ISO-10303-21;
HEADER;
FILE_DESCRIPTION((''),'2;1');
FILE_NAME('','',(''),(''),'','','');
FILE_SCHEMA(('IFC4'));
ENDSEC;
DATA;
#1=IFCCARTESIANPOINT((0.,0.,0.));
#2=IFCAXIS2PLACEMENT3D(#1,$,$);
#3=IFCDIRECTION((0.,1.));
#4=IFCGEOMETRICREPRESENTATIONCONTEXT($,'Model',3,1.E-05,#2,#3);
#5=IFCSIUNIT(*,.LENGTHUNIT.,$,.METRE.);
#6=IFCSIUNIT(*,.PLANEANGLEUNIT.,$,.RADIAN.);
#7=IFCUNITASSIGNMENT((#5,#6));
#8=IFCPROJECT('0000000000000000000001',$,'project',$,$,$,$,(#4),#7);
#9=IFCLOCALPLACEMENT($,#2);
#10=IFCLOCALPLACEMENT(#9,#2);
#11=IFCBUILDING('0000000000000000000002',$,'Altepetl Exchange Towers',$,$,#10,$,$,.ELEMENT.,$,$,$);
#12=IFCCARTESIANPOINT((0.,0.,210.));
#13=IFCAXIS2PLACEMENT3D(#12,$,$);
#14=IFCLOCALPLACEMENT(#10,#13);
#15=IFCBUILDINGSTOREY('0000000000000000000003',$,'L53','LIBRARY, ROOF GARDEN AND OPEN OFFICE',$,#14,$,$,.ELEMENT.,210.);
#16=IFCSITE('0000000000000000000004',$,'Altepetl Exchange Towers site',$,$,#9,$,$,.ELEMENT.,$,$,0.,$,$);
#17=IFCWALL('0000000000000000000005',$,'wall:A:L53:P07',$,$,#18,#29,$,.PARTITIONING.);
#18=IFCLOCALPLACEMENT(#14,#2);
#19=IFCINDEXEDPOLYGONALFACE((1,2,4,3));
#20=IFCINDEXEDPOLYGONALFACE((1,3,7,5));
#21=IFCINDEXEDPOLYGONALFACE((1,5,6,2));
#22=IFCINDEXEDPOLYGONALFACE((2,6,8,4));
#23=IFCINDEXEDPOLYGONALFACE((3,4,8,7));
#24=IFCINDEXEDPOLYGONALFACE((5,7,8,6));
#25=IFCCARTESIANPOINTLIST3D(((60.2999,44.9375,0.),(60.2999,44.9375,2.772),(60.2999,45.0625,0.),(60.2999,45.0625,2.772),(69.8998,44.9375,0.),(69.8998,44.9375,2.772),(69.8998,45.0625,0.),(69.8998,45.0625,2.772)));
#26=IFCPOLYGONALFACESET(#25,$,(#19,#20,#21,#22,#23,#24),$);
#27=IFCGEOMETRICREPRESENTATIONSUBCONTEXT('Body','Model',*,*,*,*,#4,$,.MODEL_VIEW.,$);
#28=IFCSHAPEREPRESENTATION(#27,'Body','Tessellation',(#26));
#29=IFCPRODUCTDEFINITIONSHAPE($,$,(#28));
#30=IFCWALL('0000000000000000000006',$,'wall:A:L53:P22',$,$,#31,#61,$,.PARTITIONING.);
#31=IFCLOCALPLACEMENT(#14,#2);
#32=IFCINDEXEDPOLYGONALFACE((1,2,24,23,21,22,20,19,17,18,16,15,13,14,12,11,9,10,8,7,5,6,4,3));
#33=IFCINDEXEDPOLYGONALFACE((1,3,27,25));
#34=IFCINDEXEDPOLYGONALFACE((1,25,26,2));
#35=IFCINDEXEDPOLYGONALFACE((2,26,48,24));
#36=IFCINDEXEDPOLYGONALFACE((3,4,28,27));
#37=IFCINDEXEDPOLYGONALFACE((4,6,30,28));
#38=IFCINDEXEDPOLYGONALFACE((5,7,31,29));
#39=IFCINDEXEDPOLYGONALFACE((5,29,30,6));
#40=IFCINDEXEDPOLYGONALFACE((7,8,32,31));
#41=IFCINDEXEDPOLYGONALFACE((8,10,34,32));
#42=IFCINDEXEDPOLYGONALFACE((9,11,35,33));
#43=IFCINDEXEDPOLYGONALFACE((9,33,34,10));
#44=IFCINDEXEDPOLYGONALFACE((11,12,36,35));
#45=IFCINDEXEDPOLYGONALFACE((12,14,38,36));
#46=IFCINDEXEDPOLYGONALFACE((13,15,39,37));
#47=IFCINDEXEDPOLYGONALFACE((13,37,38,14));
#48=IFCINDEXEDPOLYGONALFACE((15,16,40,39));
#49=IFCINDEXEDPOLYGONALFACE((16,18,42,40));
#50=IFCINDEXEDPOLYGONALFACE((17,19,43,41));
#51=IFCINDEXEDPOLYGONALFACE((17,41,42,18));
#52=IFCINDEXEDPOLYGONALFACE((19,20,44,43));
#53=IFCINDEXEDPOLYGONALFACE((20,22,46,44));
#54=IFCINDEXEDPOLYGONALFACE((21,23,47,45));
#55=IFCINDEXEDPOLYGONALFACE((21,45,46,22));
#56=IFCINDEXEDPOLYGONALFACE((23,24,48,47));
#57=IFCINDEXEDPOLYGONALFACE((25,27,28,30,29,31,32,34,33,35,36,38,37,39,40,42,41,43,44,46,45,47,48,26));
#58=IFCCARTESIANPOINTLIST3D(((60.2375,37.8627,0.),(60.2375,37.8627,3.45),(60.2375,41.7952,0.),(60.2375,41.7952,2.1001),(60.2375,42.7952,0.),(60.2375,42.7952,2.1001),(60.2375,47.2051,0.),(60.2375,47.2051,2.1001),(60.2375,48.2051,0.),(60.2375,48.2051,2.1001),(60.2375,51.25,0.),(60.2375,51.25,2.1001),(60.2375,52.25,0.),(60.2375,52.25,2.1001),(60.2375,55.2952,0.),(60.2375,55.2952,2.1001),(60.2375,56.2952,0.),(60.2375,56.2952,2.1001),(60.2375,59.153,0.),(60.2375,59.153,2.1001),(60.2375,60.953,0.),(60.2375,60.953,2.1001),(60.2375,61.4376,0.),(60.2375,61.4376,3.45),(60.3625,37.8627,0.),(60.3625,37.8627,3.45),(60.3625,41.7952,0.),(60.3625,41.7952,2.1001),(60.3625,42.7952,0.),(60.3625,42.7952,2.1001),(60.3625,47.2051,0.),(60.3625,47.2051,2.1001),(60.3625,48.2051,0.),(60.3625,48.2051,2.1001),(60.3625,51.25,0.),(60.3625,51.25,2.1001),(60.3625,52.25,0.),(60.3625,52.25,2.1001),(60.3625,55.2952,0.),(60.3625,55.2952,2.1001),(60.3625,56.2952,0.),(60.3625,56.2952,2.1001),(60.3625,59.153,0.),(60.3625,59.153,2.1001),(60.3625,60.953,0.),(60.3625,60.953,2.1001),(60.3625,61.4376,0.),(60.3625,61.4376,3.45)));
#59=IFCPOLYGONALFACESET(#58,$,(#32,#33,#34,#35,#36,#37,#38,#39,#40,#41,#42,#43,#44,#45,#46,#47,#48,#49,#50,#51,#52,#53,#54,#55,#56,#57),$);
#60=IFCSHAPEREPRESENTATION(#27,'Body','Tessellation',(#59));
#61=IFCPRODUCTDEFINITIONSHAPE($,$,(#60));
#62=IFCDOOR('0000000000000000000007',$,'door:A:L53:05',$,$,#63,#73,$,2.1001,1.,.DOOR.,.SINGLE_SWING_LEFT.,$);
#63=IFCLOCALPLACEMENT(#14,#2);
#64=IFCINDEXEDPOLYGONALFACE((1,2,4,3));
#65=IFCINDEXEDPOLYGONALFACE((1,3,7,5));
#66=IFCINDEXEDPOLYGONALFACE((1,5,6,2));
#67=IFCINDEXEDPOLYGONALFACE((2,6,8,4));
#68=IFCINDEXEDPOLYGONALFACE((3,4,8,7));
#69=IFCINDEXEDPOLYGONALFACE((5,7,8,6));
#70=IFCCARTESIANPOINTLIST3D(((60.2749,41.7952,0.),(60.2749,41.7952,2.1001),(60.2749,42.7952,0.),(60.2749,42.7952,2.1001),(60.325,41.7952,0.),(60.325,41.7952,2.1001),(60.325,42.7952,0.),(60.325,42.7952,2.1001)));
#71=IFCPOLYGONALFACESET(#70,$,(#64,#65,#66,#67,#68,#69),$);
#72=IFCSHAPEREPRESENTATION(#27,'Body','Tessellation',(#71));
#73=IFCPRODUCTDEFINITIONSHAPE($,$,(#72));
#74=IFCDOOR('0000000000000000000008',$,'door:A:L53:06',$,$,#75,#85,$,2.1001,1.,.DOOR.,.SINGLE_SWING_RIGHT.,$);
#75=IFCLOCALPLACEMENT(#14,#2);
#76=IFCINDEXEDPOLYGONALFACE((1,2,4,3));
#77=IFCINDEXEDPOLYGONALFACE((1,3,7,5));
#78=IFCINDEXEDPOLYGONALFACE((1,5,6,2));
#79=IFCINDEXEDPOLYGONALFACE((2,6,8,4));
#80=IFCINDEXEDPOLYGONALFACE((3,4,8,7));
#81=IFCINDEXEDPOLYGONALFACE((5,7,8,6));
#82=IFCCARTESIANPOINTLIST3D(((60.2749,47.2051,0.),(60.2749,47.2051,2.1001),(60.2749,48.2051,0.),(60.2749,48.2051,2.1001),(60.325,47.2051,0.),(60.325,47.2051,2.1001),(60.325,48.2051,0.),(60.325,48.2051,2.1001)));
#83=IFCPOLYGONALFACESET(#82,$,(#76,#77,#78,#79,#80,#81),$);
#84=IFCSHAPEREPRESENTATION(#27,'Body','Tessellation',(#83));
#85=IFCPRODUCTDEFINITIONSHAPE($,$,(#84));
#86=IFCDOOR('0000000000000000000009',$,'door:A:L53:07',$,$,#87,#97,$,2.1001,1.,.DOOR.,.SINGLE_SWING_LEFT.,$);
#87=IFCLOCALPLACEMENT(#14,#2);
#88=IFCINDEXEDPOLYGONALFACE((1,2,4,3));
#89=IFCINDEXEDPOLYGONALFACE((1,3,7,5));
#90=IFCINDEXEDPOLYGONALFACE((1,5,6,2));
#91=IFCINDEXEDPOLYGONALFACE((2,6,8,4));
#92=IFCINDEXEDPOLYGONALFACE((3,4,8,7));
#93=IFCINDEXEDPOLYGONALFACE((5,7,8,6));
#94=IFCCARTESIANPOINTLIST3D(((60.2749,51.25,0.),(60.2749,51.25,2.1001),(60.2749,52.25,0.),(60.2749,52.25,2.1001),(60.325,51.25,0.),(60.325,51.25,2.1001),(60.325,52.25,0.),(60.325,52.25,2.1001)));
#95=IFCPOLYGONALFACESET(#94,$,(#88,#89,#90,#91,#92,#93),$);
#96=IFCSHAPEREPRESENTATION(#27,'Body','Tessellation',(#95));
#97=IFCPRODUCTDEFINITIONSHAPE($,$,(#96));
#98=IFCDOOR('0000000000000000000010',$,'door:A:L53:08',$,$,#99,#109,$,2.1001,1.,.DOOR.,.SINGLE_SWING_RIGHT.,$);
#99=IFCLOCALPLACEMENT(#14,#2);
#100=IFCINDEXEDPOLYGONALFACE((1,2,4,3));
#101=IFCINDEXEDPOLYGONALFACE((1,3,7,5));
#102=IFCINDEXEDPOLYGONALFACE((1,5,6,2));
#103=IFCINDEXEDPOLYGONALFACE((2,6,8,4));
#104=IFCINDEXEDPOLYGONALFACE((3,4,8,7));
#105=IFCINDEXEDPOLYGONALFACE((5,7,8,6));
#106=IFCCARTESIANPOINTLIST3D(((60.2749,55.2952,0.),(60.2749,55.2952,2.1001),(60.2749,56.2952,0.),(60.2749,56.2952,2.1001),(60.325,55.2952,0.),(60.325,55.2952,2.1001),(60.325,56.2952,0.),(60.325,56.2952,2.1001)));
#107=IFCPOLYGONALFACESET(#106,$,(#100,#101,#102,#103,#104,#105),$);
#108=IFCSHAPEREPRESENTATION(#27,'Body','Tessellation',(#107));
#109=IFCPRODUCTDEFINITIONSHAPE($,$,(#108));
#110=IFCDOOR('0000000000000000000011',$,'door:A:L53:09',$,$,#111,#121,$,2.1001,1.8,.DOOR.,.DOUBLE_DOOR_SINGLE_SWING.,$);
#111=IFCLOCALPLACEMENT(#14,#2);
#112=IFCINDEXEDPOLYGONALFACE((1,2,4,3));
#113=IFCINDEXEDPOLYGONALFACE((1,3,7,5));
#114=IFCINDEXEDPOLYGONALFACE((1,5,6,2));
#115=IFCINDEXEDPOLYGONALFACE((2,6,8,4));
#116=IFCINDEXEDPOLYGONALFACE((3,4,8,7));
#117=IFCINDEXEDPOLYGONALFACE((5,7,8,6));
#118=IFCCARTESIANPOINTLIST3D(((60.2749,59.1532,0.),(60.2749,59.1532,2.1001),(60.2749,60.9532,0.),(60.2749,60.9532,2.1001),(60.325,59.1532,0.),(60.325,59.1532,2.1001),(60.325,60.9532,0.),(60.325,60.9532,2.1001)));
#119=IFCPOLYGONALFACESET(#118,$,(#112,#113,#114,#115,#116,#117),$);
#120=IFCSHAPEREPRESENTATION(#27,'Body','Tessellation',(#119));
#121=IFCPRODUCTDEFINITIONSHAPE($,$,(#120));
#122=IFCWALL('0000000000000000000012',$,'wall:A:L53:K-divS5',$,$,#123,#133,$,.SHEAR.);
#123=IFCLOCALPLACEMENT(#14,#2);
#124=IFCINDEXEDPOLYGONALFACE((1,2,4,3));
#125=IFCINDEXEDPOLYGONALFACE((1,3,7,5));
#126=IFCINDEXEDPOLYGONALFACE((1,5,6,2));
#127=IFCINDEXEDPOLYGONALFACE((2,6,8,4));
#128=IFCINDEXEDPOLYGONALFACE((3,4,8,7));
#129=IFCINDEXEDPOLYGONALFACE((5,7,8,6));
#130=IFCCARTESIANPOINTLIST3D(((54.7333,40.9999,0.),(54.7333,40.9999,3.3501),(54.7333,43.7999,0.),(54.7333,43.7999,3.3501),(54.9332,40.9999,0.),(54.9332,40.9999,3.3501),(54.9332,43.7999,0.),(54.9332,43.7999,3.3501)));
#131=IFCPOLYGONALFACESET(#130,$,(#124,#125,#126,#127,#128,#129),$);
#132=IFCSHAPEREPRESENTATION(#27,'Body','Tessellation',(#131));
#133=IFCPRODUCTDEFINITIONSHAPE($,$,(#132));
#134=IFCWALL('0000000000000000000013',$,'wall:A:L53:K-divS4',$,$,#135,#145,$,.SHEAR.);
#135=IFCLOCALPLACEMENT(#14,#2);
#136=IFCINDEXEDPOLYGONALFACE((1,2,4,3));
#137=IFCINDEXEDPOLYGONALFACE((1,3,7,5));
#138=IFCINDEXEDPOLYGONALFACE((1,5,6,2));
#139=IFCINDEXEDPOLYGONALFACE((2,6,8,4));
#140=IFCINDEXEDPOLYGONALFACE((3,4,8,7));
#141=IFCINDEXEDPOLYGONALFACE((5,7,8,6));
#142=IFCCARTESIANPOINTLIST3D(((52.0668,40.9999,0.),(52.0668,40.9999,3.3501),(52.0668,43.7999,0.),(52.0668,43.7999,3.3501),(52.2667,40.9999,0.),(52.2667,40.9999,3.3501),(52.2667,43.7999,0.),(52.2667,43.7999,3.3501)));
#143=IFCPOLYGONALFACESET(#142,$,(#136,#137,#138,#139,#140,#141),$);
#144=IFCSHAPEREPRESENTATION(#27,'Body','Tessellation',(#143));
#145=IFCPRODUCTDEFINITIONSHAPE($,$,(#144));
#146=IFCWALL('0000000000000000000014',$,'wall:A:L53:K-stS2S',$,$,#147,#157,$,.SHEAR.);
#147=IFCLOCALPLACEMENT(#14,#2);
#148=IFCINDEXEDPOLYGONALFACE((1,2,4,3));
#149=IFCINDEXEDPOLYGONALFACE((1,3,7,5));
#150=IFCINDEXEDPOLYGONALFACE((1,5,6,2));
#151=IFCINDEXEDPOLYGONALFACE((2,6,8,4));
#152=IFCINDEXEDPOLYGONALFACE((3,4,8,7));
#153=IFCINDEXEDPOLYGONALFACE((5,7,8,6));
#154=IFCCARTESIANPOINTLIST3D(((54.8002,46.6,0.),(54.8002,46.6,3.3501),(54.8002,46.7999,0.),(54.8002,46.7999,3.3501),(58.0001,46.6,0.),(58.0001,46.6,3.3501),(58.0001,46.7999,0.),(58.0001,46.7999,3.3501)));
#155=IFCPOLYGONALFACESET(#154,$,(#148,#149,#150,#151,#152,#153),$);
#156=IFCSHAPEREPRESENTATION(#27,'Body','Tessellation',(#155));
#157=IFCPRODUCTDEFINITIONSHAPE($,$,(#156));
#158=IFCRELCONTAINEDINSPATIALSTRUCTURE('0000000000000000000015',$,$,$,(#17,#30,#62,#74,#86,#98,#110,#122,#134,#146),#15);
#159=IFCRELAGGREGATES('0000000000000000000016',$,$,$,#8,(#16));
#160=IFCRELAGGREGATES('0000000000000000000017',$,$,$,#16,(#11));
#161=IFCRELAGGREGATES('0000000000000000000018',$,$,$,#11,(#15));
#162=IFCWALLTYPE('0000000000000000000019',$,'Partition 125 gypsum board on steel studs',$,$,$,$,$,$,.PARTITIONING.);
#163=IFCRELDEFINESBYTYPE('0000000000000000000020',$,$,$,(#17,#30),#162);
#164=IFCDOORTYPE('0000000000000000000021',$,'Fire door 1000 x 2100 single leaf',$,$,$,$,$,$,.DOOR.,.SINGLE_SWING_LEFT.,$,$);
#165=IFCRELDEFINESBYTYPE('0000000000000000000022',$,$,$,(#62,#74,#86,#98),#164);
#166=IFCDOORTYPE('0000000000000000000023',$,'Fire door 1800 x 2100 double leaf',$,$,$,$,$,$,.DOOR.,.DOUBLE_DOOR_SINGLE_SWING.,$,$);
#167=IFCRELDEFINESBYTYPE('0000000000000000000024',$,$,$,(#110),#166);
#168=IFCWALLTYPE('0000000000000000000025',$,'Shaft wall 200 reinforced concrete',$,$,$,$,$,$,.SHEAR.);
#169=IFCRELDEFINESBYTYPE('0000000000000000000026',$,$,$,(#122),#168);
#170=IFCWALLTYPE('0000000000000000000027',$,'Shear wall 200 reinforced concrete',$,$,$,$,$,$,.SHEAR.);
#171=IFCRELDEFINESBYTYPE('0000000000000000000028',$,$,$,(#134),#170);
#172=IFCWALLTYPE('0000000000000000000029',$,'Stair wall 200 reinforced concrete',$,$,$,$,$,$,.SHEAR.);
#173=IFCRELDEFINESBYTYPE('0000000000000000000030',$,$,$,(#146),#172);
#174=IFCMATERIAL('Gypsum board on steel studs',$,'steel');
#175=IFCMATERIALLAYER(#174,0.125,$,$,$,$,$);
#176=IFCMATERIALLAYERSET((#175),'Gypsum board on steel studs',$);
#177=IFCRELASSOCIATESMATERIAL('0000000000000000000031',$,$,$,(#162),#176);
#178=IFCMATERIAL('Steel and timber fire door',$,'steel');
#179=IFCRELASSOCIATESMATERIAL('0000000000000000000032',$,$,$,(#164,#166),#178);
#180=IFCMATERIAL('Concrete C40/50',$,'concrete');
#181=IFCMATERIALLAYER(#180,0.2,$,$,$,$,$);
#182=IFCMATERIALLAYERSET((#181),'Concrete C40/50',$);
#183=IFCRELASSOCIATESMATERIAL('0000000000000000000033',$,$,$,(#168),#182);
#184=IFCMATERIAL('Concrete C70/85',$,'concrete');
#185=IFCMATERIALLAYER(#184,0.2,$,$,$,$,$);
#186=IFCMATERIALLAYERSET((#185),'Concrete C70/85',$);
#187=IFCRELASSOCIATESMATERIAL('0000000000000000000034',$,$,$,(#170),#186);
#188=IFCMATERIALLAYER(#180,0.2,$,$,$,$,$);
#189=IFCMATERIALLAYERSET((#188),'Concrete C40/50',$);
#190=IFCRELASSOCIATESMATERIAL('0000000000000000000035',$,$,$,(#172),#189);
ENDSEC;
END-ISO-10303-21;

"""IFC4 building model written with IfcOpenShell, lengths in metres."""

from ifc_helpers import new_model, si_unit, direction, frame, frame_2d, origin, place, context, subcontext, project, spatial, rectangle, extrude, material, layer, layer_set, type_object, element, fill, save


model = new_model("IFC4")

# Units and contexts
model_context = context("Model", 3, precision=1e-05, world=origin(), true_north=direction((0.0, 1.0)))
body_context = subcontext(model_context, "Body", "Model", "MODEL_VIEW")
ifc_project = project(units=[si_unit("LENGTHUNIT", "METRE"), si_unit("PLANEANGLEUNIT", "RADIAN")], contexts=[model_context])

# Site, building, storey
site_placement = place(None, origin())
site = spatial("IfcSite", under=ifc_project, at=site_placement, Name="Altepetl Exchange Towers site", CompositionType="ELEMENT", RefElevation=0.0)
building_placement = place(site_placement, origin())
building = spatial("IfcBuilding", under=site, at=building_placement, Name="Altepetl Exchange Towers", CompositionType="ELEMENT")
storey_placement = place(building_placement, frame((0.0, 0.0, 210.0)))
storey = spatial("IfcBuildingStorey", under=building, at=storey_placement, Name="L53", Description="LIBRARY, ROOF GARDEN AND OPEN OFFICE", CompositionType="ELEMENT", Elevation=210.0)

# Shared definitions
ifc_material_1 = material(Name="Concrete C70/85", Category="concrete")

# Shared definitions
ifc_material_2 = material(Name="Steel and timber fire door", Category="steel")

# Shared definitions
ifc_material_3 = material(Name="Gypsum board on steel studs", Category="steel")
ifc_layer_1 = layer(ifc_material_3, 0.125)
ifc_layer_set_1 = layer_set([ifc_layer_1], Name="Gypsum board on steel studs")
wall_type_1 = type_object("IfcWallType", Name="Partition 125 gypsum board on steel studs", PredefinedType="PARTITIONING", material=ifc_layer_set_1)

# Shared definitions
door_type_1 = type_object("IfcDoorType", Name="Fire door 1000 x 2100 single leaf", OperationType="SINGLE_SWING_LEFT", PredefinedType="DOOR", material=ifc_material_2)

# Wall
for number, where, name in (
    (1, (60.3, 45.0, 0.0), "wall:A:L53:P07"),
):
    element("IfcWall", number, at=place(storey_placement, frame(where)), inside=storey, type_object=wall_type_1, Name=name, PredefinedType="PARTITIONING", context=body_context, shape_type="SweptSolid", body=[
        extrude(rectangle(XDim=9.5999, YDim=0.125, at=frame_2d((4.7998, 0.0))), origin(), (0.0, 0.0, 1.0), 2.772),
    ])

# Wall, openings, doors
wall_1_placement = place(storey_placement, frame((60.3, 37.8625, 0.0), z_axis=(0.0, 0.0, 1.0), x_axis=(0.0, 1.0, 0.0)))
wall_1 = element("IfcWall", 2, at=wall_1_placement, inside=storey, type_object=wall_type_1, Name="wall:A:L53:P22", PredefinedType="PARTITIONING", context=body_context, shape_type="SweptSolid", body=[
    extrude(rectangle(XDim=23.575, YDim=0.125, at=frame_2d((11.7876, 0.0))), origin(), (0.0, 0.0, 1.0), 3.45),
])
opening_1_placement = place(wall_1_placement, frame((3.9326, 0.0, 0.0)))
opening_1 = element("IfcOpeningElement", 3, at=opening_1_placement, cuts=wall_1, PredefinedType="OPENING", context=body_context, shape_type="SweptSolid", body=[
    extrude(rectangle(XDim=1.0, YDim=2.1001, at=frame_2d((0.5, 1.05))), frame((0.0, 0.0725, 0.0), z_axis=(0.0, -1.0, 0.0), x_axis=(1.0, 0.0, 0.0)), (0.0, 0.0, 1.0), 0.145),
])
opening_2_placement = place(wall_1_placement, frame((9.3425, 0.0, 0.0)))
opening_2 = element("IfcOpeningElement", 4, at=opening_2_placement, cuts=wall_1, PredefinedType="OPENING", context=body_context, shape_type="SweptSolid", body=[
    extrude(rectangle(XDim=1.0, YDim=2.1001, at=frame_2d((0.5, 1.05))), frame((0.0, 0.0725, 0.0), z_axis=(0.0, -1.0, 0.0), x_axis=(1.0, 0.0, 0.0)), (0.0, 0.0, 1.0), 0.145),
])
opening_3_placement = place(wall_1_placement, frame((13.3875, 0.0, 0.0)))
opening_3 = element("IfcOpeningElement", 5, at=opening_3_placement, cuts=wall_1, PredefinedType="OPENING", context=body_context, shape_type="SweptSolid", body=[
    extrude(rectangle(XDim=1.0, YDim=2.1001, at=frame_2d((0.5, 1.05))), frame((0.0, 0.0725, 0.0), z_axis=(0.0, -1.0, 0.0), x_axis=(1.0, 0.0, 0.0)), (0.0, 0.0, 1.0), 0.145),
])
opening_4_placement = place(wall_1_placement, frame((17.4326, 0.0, 0.0)))
opening_4 = element("IfcOpeningElement", 6, at=opening_4_placement, cuts=wall_1, PredefinedType="OPENING", context=body_context, shape_type="SweptSolid", body=[
    extrude(rectangle(XDim=1.0, YDim=2.1001, at=frame_2d((0.5, 1.05))), frame((0.0, 0.0725, 0.0), z_axis=(0.0, -1.0, 0.0), x_axis=(1.0, 0.0, 0.0)), (0.0, 0.0, 1.0), 0.145),
])
opening_5_placement = place(wall_1_placement, frame((21.2905, 0.0, 0.0)))
opening_5 = element("IfcOpeningElement", 7, at=opening_5_placement, cuts=wall_1, PredefinedType="OPENING", context=body_context, shape_type="SweptSolid", body=[
    extrude(rectangle(XDim=1.8, YDim=2.1001, at=frame_2d((0.8999, 1.05))), frame((0.0, 0.0725, 0.0), z_axis=(0.0, -1.0, 0.0), x_axis=(1.0, 0.0, 0.0)), (0.0, 0.0, 1.0), 0.145),
])
door_1_placement = place(opening_1_placement, frame((1.0, 0.0, 0.0), x_axis=(-1.0, 0.0, 0.0)))
door_1 = element("IfcDoor", 8, at=door_1_placement, inside=storey, type_object=door_type_1, Name="door:A:L53:05", OperationType="SINGLE_SWING_LEFT", OverallHeight=2.1001, OverallWidth=1.0, PredefinedType="DOOR", context=body_context, shape_type="SweptSolid", body=[
    extrude(rectangle(XDim=1.0, YDim=2.1001, at=frame_2d((0.5, 1.05))), frame((0.0, 0.0249, 0.0), z_axis=(0.0, -1.0, 0.0), x_axis=(1.0, 0.0, 0.0)), (0.0, 0.0, 1.0), 0.05),
])
fill(opening_1, door_1)
door_2_placement = place(opening_2_placement, frame((1.0, 0.0, 0.0), x_axis=(-1.0, 0.0, 0.0)))
door_2 = element("IfcDoor", 9, at=door_2_placement, inside=storey, type_object=door_type_1, Name="door:A:L53:06", OperationType="SINGLE_SWING_RIGHT", OverallHeight=2.1001, OverallWidth=1.0, PredefinedType="DOOR", context=body_context, shape_type="SweptSolid", body=[
    extrude(rectangle(XDim=1.0, YDim=2.1001, at=frame_2d((0.5, 1.05))), frame((0.0, 0.0249, 0.0), z_axis=(0.0, -1.0, 0.0), x_axis=(1.0, 0.0, 0.0)), (0.0, 0.0, 1.0), 0.05),
])
fill(opening_2, door_2)
door_3_placement = place(opening_3_placement, frame((1.0, 0.0, 0.0), x_axis=(-1.0, 0.0, 0.0)))
door_3 = element("IfcDoor", 10, at=door_3_placement, inside=storey, type_object=door_type_1, Name="door:A:L53:07", OperationType="SINGLE_SWING_LEFT", OverallHeight=2.1001, OverallWidth=1.0, PredefinedType="DOOR", context=body_context, shape_type="SweptSolid", body=[
    extrude(rectangle(XDim=1.0, YDim=2.1001, at=frame_2d((0.5, 1.05))), frame((0.0, 0.0249, 0.0), z_axis=(0.0, -1.0, 0.0), x_axis=(1.0, 0.0, 0.0)), (0.0, 0.0, 1.0), 0.05),
])
fill(opening_3, door_3)
door_4_placement = place(opening_4_placement, frame((1.0, 0.0, 0.0), x_axis=(-1.0, 0.0, 0.0)))
door_4 = element("IfcDoor", 11, at=door_4_placement, inside=storey, type_object=door_type_1, Name="door:A:L53:08", OperationType="SINGLE_SWING_RIGHT", OverallHeight=2.1001, OverallWidth=1.0, PredefinedType="DOOR", context=body_context, shape_type="SweptSolid", body=[
    extrude(rectangle(XDim=1.0, YDim=2.1001, at=frame_2d((0.5, 1.05))), frame((0.0, 0.0249, 0.0), z_axis=(0.0, -1.0, 0.0), x_axis=(1.0, 0.0, 0.0)), (0.0, 0.0, 1.0), 0.05),
])
fill(opening_4, door_4)
door_type_2 = type_object("IfcDoorType", Name="Fire door 1800 x 2100 double leaf", OperationType="DOUBLE_DOOR_SINGLE_SWING", PredefinedType="DOOR", material=ifc_material_2)
door_5_placement = place(opening_5_placement, frame((1.8, 0.0, 0.0), x_axis=(-1.0, 0.0, 0.0)))
door_5 = element("IfcDoor", 12, at=door_5_placement, inside=storey, type_object=door_type_2, Name="door:A:L53:09", OperationType="DOUBLE_DOOR_SINGLE_SWING", OverallHeight=2.1001, OverallWidth=1.8, PredefinedType="DOOR", context=body_context, shape_type="SweptSolid", body=[
    extrude(rectangle(XDim=1.8, YDim=2.1001, at=frame_2d((0.8999, 1.05))), frame((0.0, 0.0249, 0.0), z_axis=(0.0, -1.0, 0.0), x_axis=(1.0, 0.0, 0.0)), (0.0, 0.0, 1.0), 0.05),
])
fill(opening_5, door_5)

# Walls
ifc_material_4 = material(Name="Concrete C40/50", Category="concrete")
ifc_layer_2 = layer(ifc_material_4, 0.2)
ifc_layer_set_2 = layer_set([ifc_layer_2], Name="Concrete C40/50")
wall_type_2 = type_object("IfcWallType", Name="Shaft wall 200 reinforced concrete", PredefinedType="SHEAR", material=ifc_layer_set_2)
wall_2_placement = place(storey_placement, frame((54.8333, 41.0, 0.0), z_axis=(0.0, 0.0, 1.0), x_axis=(0.0, 1.0, 0.0)))
element("IfcWall", 13, at=wall_2_placement, inside=storey, type_object=wall_type_2, Name="wall:A:L53:K-divS5", PredefinedType="SHEAR", context=body_context, shape_type="SweptSolid", body=[
    extrude(rectangle(XDim=2.8, YDim=0.2, at=frame_2d((1.3999, 0.0))), origin(), (0.0, 0.0, 1.0), 3.3501),
])
ifc_layer_3 = layer(ifc_material_1, 0.2)
ifc_layer_set_3 = layer_set([ifc_layer_3], Name="Concrete C70/85")
wall_type_3 = type_object("IfcWallType", Name="Shear wall 200 reinforced concrete", PredefinedType="SHEAR", material=ifc_layer_set_3)
wall_3_placement = place(storey_placement, frame((52.1667, 41.0, 0.0), z_axis=(0.0, 0.0, 1.0), x_axis=(0.0, 1.0, 0.0)))
element("IfcWall", 14, at=wall_3_placement, inside=storey, type_object=wall_type_3, Name="wall:A:L53:K-divS4", PredefinedType="SHEAR", context=body_context, shape_type="SweptSolid", body=[
    extrude(rectangle(XDim=2.8, YDim=0.2, at=frame_2d((1.3999, 0.0))), origin(), (0.0, 0.0, 1.0), 3.3501),
])
ifc_layer_4 = layer(ifc_material_4, 0.2)
ifc_layer_set_4 = layer_set([ifc_layer_4], Name="Concrete C40/50")
wall_type_4 = type_object("IfcWallType", Name="Stair wall 200 reinforced concrete", PredefinedType="SHEAR", material=ifc_layer_set_4)
wall_4_placement = place(storey_placement, frame((54.8, 46.7, 0.0)))
element("IfcWall", 15, at=wall_4_placement, inside=storey, type_object=wall_type_4, Name="wall:A:L53:K-stS2S", PredefinedType="SHEAR", context=body_context, shape_type="SweptSolid", body=[
    extrude(rectangle(XDim=3.2, YDim=0.2, at=frame_2d((1.6001, 0.0))), origin(), (0.0, 0.0, 1.0), 3.3501),
])

save(model, "model.ifc")
